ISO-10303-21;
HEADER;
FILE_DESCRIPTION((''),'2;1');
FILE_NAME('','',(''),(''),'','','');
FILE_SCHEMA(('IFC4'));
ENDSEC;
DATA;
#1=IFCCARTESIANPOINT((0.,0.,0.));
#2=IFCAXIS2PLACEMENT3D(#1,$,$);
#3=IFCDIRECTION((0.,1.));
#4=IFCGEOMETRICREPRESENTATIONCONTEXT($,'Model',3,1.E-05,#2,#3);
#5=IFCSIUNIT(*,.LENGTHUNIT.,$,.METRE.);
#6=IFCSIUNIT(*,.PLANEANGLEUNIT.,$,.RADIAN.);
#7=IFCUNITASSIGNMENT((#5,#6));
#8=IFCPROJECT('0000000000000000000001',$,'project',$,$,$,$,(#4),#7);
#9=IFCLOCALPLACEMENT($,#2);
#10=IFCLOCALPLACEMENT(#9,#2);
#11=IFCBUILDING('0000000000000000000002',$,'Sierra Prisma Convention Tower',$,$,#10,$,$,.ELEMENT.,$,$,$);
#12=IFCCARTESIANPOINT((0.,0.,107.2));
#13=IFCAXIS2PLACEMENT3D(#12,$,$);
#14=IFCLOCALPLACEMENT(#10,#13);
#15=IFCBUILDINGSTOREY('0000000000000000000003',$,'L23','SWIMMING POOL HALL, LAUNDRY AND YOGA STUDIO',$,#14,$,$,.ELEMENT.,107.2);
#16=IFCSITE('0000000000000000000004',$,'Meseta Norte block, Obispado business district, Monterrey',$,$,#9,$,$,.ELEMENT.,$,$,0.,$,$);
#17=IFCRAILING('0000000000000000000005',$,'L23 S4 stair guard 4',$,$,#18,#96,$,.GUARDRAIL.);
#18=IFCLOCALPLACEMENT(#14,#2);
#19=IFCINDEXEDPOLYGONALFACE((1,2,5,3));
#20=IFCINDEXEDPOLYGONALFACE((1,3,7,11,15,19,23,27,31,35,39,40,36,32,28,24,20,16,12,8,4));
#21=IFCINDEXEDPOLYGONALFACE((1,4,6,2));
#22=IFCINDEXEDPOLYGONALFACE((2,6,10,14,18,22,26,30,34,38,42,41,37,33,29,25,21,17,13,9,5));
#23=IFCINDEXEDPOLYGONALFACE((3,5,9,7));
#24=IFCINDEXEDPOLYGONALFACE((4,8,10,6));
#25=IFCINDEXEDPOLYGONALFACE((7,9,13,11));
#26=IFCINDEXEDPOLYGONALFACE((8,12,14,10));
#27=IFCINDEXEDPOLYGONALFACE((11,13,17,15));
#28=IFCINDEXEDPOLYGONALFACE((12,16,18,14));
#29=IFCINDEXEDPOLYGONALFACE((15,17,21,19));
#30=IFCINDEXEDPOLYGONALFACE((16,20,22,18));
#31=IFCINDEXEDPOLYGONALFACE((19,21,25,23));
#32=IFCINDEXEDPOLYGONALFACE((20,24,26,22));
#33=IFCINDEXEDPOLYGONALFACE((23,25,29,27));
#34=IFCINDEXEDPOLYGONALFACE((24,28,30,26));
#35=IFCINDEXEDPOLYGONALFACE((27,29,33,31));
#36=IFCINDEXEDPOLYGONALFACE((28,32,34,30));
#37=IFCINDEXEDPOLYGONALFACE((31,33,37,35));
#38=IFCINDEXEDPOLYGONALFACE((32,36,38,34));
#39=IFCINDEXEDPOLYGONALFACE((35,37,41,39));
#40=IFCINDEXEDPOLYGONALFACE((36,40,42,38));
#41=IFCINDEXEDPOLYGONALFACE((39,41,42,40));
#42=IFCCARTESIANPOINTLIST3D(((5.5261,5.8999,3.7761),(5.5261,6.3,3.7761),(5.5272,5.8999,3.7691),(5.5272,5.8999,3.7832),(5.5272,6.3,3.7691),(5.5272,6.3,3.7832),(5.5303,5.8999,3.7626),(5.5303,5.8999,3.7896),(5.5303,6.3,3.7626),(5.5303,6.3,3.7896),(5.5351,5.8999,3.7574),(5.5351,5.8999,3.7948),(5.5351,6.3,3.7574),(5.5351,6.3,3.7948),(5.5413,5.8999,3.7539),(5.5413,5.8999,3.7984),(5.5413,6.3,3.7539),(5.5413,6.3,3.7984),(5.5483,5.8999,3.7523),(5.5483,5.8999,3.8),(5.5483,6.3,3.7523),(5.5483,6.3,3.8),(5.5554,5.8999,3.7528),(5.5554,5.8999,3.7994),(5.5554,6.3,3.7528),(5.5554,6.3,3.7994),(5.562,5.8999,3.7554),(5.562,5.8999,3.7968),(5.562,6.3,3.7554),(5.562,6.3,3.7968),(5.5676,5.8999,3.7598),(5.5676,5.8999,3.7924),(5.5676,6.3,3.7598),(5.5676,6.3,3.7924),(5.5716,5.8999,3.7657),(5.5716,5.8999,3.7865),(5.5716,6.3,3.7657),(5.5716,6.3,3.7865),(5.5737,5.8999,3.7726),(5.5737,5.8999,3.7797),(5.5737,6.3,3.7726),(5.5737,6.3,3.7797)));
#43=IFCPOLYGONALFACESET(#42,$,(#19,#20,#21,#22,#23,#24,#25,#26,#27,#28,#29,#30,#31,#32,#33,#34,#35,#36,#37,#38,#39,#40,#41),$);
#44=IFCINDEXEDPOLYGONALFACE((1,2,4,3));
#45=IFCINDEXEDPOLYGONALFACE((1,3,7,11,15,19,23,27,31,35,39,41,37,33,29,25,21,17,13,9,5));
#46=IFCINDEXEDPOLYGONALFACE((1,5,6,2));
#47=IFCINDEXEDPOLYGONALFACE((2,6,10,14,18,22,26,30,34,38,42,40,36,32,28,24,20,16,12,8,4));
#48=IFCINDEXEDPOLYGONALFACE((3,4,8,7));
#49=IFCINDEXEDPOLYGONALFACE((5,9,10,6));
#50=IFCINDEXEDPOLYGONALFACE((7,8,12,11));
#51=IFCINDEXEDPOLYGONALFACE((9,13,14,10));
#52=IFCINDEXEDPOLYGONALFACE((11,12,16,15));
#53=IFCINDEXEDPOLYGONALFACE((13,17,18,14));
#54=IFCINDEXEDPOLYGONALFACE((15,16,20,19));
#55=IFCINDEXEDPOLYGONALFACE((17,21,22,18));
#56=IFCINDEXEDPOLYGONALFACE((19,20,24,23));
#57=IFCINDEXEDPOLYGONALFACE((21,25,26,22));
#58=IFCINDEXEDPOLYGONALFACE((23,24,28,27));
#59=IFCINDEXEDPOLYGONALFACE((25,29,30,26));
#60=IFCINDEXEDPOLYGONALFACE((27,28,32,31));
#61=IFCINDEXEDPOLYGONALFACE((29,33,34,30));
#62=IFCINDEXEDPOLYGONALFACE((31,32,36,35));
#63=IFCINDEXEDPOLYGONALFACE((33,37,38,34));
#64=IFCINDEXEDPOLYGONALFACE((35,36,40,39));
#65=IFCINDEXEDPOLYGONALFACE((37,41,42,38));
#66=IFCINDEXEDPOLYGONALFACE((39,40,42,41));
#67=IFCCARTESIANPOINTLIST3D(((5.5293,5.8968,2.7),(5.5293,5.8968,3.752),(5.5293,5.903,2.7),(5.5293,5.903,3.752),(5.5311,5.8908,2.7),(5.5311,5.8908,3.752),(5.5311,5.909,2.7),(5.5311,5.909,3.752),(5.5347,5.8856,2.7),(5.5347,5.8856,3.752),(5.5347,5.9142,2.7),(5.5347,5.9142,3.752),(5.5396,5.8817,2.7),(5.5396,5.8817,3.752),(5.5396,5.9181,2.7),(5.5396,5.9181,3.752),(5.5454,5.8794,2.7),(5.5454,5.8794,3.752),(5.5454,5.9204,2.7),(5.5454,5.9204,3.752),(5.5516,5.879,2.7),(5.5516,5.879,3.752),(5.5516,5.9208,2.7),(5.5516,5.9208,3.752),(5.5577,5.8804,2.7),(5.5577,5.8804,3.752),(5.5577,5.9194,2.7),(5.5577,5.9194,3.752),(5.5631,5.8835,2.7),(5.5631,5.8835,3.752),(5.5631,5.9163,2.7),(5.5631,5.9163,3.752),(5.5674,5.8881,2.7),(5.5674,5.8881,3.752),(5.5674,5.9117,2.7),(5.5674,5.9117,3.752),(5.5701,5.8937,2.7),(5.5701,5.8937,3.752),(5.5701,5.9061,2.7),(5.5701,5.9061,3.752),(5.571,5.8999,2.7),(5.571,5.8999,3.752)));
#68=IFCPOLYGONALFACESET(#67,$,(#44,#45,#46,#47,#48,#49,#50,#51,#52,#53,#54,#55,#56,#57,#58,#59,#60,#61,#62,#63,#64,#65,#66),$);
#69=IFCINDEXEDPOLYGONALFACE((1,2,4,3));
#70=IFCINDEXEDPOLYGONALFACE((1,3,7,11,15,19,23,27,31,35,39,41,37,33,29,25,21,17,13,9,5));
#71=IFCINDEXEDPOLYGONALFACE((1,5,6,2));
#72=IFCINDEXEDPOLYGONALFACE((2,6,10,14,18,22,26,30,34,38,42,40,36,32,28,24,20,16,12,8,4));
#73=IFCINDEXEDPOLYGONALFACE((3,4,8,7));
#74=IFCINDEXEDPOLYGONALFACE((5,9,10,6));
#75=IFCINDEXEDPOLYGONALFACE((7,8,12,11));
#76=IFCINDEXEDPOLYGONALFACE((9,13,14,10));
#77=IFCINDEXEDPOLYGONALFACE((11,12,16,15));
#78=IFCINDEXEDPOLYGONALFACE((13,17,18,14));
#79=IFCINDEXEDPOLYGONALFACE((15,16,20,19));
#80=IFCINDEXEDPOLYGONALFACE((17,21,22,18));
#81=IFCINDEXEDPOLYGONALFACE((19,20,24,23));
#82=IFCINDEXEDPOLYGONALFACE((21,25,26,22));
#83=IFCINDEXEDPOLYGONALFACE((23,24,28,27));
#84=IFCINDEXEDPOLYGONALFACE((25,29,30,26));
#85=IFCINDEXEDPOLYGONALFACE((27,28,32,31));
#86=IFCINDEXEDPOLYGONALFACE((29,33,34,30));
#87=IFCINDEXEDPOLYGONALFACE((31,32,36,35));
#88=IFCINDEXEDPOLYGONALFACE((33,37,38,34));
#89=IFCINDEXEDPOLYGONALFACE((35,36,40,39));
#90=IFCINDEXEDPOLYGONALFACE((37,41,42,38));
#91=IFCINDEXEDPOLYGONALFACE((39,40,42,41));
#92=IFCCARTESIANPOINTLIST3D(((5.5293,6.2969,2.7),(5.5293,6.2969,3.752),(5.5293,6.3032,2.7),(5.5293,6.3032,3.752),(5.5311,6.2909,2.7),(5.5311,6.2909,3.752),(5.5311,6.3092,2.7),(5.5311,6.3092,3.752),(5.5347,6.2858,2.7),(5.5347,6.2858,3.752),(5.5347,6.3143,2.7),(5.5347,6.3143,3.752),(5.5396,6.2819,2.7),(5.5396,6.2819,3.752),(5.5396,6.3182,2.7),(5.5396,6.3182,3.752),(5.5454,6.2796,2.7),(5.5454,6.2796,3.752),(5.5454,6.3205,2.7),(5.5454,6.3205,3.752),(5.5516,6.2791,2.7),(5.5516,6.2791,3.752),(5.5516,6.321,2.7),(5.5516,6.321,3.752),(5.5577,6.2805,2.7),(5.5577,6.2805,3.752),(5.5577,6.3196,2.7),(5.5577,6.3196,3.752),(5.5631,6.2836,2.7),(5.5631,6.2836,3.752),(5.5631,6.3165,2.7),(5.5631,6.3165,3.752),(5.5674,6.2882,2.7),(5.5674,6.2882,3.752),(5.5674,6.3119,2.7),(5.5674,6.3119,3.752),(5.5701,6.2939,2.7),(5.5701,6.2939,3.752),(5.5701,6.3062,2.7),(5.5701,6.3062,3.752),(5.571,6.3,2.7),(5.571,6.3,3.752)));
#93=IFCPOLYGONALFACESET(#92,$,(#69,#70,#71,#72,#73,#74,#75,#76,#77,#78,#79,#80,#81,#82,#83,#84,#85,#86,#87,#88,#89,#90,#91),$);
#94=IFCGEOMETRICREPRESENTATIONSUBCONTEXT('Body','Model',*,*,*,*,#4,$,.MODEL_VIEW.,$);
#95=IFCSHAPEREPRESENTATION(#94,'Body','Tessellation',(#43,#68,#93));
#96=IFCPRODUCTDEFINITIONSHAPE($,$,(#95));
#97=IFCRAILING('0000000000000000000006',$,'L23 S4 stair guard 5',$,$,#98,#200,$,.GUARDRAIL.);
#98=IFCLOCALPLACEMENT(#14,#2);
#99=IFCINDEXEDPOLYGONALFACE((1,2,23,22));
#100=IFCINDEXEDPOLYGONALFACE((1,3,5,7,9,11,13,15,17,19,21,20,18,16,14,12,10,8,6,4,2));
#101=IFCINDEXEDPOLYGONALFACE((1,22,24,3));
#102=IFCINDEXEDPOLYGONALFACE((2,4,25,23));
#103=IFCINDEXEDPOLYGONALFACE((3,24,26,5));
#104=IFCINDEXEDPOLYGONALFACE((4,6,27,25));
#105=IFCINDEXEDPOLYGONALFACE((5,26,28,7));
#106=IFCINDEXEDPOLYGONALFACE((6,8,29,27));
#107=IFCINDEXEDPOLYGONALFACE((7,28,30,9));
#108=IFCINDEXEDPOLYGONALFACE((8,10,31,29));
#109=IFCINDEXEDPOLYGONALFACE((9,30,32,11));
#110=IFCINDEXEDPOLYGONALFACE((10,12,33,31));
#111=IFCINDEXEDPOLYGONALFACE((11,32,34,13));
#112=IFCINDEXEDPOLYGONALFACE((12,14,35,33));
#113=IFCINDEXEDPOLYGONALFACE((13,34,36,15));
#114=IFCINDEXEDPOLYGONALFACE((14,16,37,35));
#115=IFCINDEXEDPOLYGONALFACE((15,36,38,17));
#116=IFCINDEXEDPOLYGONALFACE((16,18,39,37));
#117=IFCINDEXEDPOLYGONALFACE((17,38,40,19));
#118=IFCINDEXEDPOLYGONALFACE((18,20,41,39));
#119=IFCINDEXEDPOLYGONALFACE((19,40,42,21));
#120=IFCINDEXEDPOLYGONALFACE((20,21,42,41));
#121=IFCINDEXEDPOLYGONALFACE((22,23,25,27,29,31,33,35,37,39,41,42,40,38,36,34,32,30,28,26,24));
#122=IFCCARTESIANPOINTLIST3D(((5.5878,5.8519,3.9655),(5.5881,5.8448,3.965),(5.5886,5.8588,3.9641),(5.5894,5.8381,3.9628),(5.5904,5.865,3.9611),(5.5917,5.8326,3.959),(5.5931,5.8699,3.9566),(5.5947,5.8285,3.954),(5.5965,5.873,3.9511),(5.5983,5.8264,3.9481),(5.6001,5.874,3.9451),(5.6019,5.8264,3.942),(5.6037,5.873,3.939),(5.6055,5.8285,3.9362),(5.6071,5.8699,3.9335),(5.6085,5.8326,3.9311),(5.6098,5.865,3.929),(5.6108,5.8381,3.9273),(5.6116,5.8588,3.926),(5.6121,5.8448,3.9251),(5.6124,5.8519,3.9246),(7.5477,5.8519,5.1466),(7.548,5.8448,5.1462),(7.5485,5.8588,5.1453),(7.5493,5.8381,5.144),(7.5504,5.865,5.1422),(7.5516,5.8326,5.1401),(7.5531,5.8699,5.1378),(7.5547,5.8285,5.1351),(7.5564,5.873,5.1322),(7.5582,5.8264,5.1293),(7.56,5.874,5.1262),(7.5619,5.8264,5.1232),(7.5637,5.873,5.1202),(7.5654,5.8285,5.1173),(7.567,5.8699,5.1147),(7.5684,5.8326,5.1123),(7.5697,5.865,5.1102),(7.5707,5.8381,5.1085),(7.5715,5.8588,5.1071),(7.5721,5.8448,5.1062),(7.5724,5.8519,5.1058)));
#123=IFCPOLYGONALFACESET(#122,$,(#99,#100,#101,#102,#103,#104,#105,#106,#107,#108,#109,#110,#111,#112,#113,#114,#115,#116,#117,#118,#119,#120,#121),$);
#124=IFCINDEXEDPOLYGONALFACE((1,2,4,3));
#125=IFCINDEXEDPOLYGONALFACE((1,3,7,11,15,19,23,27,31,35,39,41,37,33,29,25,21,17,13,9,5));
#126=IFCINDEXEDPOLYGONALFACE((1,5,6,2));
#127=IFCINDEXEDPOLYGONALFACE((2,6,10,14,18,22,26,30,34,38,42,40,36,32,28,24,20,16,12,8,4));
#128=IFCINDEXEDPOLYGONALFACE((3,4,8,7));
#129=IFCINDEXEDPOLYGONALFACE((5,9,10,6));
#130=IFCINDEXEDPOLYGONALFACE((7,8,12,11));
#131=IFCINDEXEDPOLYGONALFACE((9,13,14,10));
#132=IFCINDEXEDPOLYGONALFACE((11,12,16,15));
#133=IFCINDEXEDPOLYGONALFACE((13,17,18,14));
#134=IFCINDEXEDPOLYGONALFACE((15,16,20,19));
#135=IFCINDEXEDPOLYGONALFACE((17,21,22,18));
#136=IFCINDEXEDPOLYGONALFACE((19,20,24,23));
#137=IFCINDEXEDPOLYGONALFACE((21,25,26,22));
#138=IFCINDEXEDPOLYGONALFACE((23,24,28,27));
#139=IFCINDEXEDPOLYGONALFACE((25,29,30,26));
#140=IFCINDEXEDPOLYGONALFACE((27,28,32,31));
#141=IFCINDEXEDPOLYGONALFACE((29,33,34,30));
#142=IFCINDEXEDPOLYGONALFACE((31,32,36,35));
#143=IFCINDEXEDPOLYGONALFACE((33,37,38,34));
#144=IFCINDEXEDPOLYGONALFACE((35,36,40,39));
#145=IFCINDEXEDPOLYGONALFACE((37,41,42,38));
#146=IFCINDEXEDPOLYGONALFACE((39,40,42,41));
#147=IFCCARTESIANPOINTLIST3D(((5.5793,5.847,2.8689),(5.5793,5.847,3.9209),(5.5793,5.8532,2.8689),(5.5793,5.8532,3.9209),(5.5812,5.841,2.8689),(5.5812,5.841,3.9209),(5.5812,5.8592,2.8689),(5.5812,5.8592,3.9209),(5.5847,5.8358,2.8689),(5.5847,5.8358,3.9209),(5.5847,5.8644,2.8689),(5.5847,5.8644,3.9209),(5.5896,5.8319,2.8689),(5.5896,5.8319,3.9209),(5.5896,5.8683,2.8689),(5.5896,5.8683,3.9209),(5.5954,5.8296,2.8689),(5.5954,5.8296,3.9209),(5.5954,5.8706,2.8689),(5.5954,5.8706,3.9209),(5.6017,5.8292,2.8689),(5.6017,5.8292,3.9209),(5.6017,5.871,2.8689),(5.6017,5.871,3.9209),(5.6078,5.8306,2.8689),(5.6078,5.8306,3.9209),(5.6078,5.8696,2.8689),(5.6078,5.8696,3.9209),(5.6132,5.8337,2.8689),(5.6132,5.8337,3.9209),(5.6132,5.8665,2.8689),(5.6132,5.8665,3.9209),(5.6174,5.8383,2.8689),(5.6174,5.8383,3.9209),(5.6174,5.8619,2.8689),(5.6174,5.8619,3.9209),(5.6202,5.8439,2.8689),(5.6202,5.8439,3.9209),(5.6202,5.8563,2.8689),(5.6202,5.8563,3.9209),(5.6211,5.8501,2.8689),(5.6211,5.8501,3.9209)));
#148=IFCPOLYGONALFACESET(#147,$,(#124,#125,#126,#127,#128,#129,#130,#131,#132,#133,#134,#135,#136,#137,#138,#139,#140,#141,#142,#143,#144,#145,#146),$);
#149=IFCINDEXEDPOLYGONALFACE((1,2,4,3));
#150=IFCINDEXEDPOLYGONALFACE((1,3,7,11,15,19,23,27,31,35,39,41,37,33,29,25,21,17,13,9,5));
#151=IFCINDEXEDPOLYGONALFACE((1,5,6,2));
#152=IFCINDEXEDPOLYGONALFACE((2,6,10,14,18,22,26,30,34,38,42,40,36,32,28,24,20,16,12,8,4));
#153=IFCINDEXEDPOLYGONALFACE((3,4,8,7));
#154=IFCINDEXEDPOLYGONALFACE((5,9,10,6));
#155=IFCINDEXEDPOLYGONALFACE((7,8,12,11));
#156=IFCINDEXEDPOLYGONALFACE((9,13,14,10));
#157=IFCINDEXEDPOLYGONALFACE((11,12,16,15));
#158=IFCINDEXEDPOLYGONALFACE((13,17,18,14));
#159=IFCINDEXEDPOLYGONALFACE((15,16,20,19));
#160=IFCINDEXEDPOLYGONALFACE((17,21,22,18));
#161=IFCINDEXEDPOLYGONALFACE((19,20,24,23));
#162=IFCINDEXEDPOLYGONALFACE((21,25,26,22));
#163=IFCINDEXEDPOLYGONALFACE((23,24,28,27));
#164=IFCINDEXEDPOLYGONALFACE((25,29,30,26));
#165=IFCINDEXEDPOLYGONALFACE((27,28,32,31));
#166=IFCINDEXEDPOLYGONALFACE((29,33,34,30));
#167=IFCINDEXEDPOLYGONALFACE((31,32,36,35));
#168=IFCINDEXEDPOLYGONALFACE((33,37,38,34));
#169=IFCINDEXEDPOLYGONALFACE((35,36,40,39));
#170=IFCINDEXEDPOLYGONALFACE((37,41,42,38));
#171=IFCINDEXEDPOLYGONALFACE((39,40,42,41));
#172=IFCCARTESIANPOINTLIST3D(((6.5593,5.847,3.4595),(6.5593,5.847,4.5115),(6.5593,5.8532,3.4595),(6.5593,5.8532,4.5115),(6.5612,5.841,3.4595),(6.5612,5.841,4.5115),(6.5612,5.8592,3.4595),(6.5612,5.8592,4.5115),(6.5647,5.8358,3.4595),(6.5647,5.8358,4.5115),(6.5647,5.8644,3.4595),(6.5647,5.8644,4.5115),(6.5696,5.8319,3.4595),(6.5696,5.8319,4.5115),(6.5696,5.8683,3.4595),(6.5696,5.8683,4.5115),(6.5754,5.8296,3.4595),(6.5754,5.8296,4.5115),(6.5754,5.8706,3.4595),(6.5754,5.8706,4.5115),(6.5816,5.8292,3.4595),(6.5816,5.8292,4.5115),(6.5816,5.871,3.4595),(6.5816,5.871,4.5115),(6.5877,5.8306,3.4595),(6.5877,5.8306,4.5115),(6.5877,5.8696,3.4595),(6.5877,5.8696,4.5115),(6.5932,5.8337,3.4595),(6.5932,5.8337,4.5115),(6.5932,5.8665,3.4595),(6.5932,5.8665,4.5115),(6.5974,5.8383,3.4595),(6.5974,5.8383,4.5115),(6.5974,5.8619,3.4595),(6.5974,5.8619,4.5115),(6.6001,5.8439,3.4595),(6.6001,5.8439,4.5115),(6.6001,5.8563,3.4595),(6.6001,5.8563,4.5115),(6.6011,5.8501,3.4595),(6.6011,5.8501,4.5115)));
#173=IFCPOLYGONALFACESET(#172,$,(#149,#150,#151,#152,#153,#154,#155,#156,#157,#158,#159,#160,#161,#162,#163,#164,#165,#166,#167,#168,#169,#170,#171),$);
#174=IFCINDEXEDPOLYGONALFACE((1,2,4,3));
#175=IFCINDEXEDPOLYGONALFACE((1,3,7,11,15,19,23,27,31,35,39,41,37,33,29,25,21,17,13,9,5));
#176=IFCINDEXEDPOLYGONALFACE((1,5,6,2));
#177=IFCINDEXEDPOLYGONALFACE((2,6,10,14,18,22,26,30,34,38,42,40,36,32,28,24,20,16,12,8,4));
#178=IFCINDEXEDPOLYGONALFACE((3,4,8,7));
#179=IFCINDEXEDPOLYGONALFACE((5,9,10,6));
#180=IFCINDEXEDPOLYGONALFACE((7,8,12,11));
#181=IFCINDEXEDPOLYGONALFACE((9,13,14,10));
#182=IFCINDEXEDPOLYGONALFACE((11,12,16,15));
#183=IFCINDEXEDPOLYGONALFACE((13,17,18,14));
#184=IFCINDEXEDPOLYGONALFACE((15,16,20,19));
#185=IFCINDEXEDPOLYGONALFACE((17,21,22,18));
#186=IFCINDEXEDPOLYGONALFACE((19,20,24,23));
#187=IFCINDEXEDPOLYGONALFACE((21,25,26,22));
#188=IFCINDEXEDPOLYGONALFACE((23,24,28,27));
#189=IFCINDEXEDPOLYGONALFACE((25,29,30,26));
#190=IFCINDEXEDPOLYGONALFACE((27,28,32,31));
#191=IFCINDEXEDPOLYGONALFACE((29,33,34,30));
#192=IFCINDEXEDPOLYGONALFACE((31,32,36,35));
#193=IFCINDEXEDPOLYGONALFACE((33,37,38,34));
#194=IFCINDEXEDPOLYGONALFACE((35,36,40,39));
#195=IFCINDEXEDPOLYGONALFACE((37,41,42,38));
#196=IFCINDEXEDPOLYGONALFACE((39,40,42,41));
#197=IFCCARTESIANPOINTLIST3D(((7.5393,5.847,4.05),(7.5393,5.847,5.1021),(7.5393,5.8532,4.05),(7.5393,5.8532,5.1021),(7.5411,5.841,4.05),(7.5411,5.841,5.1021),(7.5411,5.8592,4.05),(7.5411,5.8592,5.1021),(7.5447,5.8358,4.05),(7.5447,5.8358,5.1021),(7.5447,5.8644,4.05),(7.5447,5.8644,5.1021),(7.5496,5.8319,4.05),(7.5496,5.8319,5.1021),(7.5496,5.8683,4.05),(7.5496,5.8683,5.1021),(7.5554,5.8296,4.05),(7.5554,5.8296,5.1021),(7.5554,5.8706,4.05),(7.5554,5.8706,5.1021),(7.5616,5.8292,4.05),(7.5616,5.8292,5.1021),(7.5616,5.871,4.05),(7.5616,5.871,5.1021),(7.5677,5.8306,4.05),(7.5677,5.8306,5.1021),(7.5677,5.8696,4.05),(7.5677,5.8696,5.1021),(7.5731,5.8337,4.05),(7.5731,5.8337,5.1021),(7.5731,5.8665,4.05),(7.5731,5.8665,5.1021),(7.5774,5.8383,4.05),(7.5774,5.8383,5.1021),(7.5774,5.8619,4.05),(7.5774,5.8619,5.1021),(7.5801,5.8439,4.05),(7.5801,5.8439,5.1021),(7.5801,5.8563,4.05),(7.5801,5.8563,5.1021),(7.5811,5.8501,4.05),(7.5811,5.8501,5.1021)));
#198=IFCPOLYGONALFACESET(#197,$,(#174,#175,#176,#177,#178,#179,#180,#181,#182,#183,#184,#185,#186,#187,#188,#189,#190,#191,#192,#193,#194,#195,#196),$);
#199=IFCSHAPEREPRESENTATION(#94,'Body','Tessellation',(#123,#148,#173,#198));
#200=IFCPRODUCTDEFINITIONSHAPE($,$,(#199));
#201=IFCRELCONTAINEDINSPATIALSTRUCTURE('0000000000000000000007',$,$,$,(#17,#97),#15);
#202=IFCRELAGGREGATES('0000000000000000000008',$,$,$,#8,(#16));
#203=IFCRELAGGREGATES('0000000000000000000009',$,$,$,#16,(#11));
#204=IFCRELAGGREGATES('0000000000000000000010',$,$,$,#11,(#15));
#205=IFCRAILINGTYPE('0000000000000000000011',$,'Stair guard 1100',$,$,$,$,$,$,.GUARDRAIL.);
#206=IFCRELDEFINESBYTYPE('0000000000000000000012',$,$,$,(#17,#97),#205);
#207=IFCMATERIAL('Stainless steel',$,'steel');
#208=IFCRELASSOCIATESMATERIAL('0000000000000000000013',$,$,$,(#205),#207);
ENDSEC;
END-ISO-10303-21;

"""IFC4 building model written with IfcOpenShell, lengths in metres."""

from ifc_helpers import new_model, si_unit, direction, frame, origin, origin_2d, place, context, subcontext, project, spatial, circle, extrude, material, type_object, element, save


model = new_model("IFC4")

# Units and contexts
model_context = context("Model", 3, precision=1e-05, world=origin(), true_north=direction((0.0, 1.0)))
body_context = subcontext(model_context, "Body", "Model", "MODEL_VIEW")
ifc_project = project(units=[si_unit("LENGTHUNIT", "METRE"), si_unit("PLANEANGLEUNIT", "RADIAN")], contexts=[model_context])

# Site, building, storey
site_placement = place(None, origin())
site = spatial("IfcSite", under=ifc_project, at=site_placement, Name="Meseta Norte block, Obispado business district, Monterrey", CompositionType="ELEMENT", RefElevation=0.0)
building_placement = place(site_placement, origin())
building = spatial("IfcBuilding", under=site, at=building_placement, Name="Sierra Prisma Convention Tower", CompositionType="ELEMENT")
storey_placement = place(building_placement, frame((0.0, 0.0, 107.2)))
storey = spatial("IfcBuildingStorey", under=building, at=storey_placement, Name="L23", Description="SWIMMING POOL HALL, LAUNDRY AND YOGA STUDIO", CompositionType="ELEMENT", Elevation=107.2)

# Railings
ifc_material_1 = material(Name="Stainless steel", Category="steel")
railing_type_1 = type_object("IfcRailingType", Name="Stair guard 1100", PredefinedType="GUARDRAIL", material=ifc_material_1)
for number, where, name in (
    (1, (5.55, 5.8999, 2.7), "L23 S4 stair guard 4"),
):
    element("IfcRailing", number, at=place(storey_placement, frame(where)), inside=storey, type_object=railing_type_1, Name=name, PredefinedType="GUARDRAIL", context=body_context, shape_type="SweptSolid", body=[
        extrude(circle(Radius=0.0239, at=origin_2d()), frame((0.0, 0.0, 1.0762), z_axis=(0.0, 1.0, 0.0), x_axis=(-1.0, 0.0, 0.0)), (0.0, 0.0, 1.0), 0.4001),
        extrude(circle(Radius=0.021, at=origin_2d()), origin(), (0.0, 0.0, 1.0), 1.052),
        extrude(circle(Radius=0.021, at=origin_2d()), frame((0.0, 0.4001, 0.0)), (0.0, 0.0, 1.0), 1.052),
    ])
railing_1_placement = place(storey_placement, frame((5.6001, 5.8501, 2.8689)))
element("IfcRailing", 2, at=railing_1_placement, inside=storey, type_object=railing_type_1, Name="L23 S4 stair guard 5", PredefinedType="GUARDRAIL", context=body_context, shape_type="SweptSolid", body=[
    extrude(circle(Radius=0.0239, at=origin_2d()), frame((0.0, 0.0, 1.0762), z_axis=(0.856493, 0.0, 0.516158), x_axis=(0.0, 1.0, 0.0)), (0.0, 0.0, 1.0), 2.2883),
    extrude(circle(Radius=0.021, at=origin_2d()), origin(), (0.0, 0.0, 1.0), 1.052),
    extrude(circle(Radius=0.021, at=origin_2d()), frame((0.98, 0.0, 0.5906)), (0.0, 0.0, 1.0), 1.052),
    extrude(circle(Radius=0.021, at=origin_2d()), frame((1.96, 0.0, 1.1812)), (0.0, 0.0, 1.0), 1.052),
])

save(model, "model.ifc")
